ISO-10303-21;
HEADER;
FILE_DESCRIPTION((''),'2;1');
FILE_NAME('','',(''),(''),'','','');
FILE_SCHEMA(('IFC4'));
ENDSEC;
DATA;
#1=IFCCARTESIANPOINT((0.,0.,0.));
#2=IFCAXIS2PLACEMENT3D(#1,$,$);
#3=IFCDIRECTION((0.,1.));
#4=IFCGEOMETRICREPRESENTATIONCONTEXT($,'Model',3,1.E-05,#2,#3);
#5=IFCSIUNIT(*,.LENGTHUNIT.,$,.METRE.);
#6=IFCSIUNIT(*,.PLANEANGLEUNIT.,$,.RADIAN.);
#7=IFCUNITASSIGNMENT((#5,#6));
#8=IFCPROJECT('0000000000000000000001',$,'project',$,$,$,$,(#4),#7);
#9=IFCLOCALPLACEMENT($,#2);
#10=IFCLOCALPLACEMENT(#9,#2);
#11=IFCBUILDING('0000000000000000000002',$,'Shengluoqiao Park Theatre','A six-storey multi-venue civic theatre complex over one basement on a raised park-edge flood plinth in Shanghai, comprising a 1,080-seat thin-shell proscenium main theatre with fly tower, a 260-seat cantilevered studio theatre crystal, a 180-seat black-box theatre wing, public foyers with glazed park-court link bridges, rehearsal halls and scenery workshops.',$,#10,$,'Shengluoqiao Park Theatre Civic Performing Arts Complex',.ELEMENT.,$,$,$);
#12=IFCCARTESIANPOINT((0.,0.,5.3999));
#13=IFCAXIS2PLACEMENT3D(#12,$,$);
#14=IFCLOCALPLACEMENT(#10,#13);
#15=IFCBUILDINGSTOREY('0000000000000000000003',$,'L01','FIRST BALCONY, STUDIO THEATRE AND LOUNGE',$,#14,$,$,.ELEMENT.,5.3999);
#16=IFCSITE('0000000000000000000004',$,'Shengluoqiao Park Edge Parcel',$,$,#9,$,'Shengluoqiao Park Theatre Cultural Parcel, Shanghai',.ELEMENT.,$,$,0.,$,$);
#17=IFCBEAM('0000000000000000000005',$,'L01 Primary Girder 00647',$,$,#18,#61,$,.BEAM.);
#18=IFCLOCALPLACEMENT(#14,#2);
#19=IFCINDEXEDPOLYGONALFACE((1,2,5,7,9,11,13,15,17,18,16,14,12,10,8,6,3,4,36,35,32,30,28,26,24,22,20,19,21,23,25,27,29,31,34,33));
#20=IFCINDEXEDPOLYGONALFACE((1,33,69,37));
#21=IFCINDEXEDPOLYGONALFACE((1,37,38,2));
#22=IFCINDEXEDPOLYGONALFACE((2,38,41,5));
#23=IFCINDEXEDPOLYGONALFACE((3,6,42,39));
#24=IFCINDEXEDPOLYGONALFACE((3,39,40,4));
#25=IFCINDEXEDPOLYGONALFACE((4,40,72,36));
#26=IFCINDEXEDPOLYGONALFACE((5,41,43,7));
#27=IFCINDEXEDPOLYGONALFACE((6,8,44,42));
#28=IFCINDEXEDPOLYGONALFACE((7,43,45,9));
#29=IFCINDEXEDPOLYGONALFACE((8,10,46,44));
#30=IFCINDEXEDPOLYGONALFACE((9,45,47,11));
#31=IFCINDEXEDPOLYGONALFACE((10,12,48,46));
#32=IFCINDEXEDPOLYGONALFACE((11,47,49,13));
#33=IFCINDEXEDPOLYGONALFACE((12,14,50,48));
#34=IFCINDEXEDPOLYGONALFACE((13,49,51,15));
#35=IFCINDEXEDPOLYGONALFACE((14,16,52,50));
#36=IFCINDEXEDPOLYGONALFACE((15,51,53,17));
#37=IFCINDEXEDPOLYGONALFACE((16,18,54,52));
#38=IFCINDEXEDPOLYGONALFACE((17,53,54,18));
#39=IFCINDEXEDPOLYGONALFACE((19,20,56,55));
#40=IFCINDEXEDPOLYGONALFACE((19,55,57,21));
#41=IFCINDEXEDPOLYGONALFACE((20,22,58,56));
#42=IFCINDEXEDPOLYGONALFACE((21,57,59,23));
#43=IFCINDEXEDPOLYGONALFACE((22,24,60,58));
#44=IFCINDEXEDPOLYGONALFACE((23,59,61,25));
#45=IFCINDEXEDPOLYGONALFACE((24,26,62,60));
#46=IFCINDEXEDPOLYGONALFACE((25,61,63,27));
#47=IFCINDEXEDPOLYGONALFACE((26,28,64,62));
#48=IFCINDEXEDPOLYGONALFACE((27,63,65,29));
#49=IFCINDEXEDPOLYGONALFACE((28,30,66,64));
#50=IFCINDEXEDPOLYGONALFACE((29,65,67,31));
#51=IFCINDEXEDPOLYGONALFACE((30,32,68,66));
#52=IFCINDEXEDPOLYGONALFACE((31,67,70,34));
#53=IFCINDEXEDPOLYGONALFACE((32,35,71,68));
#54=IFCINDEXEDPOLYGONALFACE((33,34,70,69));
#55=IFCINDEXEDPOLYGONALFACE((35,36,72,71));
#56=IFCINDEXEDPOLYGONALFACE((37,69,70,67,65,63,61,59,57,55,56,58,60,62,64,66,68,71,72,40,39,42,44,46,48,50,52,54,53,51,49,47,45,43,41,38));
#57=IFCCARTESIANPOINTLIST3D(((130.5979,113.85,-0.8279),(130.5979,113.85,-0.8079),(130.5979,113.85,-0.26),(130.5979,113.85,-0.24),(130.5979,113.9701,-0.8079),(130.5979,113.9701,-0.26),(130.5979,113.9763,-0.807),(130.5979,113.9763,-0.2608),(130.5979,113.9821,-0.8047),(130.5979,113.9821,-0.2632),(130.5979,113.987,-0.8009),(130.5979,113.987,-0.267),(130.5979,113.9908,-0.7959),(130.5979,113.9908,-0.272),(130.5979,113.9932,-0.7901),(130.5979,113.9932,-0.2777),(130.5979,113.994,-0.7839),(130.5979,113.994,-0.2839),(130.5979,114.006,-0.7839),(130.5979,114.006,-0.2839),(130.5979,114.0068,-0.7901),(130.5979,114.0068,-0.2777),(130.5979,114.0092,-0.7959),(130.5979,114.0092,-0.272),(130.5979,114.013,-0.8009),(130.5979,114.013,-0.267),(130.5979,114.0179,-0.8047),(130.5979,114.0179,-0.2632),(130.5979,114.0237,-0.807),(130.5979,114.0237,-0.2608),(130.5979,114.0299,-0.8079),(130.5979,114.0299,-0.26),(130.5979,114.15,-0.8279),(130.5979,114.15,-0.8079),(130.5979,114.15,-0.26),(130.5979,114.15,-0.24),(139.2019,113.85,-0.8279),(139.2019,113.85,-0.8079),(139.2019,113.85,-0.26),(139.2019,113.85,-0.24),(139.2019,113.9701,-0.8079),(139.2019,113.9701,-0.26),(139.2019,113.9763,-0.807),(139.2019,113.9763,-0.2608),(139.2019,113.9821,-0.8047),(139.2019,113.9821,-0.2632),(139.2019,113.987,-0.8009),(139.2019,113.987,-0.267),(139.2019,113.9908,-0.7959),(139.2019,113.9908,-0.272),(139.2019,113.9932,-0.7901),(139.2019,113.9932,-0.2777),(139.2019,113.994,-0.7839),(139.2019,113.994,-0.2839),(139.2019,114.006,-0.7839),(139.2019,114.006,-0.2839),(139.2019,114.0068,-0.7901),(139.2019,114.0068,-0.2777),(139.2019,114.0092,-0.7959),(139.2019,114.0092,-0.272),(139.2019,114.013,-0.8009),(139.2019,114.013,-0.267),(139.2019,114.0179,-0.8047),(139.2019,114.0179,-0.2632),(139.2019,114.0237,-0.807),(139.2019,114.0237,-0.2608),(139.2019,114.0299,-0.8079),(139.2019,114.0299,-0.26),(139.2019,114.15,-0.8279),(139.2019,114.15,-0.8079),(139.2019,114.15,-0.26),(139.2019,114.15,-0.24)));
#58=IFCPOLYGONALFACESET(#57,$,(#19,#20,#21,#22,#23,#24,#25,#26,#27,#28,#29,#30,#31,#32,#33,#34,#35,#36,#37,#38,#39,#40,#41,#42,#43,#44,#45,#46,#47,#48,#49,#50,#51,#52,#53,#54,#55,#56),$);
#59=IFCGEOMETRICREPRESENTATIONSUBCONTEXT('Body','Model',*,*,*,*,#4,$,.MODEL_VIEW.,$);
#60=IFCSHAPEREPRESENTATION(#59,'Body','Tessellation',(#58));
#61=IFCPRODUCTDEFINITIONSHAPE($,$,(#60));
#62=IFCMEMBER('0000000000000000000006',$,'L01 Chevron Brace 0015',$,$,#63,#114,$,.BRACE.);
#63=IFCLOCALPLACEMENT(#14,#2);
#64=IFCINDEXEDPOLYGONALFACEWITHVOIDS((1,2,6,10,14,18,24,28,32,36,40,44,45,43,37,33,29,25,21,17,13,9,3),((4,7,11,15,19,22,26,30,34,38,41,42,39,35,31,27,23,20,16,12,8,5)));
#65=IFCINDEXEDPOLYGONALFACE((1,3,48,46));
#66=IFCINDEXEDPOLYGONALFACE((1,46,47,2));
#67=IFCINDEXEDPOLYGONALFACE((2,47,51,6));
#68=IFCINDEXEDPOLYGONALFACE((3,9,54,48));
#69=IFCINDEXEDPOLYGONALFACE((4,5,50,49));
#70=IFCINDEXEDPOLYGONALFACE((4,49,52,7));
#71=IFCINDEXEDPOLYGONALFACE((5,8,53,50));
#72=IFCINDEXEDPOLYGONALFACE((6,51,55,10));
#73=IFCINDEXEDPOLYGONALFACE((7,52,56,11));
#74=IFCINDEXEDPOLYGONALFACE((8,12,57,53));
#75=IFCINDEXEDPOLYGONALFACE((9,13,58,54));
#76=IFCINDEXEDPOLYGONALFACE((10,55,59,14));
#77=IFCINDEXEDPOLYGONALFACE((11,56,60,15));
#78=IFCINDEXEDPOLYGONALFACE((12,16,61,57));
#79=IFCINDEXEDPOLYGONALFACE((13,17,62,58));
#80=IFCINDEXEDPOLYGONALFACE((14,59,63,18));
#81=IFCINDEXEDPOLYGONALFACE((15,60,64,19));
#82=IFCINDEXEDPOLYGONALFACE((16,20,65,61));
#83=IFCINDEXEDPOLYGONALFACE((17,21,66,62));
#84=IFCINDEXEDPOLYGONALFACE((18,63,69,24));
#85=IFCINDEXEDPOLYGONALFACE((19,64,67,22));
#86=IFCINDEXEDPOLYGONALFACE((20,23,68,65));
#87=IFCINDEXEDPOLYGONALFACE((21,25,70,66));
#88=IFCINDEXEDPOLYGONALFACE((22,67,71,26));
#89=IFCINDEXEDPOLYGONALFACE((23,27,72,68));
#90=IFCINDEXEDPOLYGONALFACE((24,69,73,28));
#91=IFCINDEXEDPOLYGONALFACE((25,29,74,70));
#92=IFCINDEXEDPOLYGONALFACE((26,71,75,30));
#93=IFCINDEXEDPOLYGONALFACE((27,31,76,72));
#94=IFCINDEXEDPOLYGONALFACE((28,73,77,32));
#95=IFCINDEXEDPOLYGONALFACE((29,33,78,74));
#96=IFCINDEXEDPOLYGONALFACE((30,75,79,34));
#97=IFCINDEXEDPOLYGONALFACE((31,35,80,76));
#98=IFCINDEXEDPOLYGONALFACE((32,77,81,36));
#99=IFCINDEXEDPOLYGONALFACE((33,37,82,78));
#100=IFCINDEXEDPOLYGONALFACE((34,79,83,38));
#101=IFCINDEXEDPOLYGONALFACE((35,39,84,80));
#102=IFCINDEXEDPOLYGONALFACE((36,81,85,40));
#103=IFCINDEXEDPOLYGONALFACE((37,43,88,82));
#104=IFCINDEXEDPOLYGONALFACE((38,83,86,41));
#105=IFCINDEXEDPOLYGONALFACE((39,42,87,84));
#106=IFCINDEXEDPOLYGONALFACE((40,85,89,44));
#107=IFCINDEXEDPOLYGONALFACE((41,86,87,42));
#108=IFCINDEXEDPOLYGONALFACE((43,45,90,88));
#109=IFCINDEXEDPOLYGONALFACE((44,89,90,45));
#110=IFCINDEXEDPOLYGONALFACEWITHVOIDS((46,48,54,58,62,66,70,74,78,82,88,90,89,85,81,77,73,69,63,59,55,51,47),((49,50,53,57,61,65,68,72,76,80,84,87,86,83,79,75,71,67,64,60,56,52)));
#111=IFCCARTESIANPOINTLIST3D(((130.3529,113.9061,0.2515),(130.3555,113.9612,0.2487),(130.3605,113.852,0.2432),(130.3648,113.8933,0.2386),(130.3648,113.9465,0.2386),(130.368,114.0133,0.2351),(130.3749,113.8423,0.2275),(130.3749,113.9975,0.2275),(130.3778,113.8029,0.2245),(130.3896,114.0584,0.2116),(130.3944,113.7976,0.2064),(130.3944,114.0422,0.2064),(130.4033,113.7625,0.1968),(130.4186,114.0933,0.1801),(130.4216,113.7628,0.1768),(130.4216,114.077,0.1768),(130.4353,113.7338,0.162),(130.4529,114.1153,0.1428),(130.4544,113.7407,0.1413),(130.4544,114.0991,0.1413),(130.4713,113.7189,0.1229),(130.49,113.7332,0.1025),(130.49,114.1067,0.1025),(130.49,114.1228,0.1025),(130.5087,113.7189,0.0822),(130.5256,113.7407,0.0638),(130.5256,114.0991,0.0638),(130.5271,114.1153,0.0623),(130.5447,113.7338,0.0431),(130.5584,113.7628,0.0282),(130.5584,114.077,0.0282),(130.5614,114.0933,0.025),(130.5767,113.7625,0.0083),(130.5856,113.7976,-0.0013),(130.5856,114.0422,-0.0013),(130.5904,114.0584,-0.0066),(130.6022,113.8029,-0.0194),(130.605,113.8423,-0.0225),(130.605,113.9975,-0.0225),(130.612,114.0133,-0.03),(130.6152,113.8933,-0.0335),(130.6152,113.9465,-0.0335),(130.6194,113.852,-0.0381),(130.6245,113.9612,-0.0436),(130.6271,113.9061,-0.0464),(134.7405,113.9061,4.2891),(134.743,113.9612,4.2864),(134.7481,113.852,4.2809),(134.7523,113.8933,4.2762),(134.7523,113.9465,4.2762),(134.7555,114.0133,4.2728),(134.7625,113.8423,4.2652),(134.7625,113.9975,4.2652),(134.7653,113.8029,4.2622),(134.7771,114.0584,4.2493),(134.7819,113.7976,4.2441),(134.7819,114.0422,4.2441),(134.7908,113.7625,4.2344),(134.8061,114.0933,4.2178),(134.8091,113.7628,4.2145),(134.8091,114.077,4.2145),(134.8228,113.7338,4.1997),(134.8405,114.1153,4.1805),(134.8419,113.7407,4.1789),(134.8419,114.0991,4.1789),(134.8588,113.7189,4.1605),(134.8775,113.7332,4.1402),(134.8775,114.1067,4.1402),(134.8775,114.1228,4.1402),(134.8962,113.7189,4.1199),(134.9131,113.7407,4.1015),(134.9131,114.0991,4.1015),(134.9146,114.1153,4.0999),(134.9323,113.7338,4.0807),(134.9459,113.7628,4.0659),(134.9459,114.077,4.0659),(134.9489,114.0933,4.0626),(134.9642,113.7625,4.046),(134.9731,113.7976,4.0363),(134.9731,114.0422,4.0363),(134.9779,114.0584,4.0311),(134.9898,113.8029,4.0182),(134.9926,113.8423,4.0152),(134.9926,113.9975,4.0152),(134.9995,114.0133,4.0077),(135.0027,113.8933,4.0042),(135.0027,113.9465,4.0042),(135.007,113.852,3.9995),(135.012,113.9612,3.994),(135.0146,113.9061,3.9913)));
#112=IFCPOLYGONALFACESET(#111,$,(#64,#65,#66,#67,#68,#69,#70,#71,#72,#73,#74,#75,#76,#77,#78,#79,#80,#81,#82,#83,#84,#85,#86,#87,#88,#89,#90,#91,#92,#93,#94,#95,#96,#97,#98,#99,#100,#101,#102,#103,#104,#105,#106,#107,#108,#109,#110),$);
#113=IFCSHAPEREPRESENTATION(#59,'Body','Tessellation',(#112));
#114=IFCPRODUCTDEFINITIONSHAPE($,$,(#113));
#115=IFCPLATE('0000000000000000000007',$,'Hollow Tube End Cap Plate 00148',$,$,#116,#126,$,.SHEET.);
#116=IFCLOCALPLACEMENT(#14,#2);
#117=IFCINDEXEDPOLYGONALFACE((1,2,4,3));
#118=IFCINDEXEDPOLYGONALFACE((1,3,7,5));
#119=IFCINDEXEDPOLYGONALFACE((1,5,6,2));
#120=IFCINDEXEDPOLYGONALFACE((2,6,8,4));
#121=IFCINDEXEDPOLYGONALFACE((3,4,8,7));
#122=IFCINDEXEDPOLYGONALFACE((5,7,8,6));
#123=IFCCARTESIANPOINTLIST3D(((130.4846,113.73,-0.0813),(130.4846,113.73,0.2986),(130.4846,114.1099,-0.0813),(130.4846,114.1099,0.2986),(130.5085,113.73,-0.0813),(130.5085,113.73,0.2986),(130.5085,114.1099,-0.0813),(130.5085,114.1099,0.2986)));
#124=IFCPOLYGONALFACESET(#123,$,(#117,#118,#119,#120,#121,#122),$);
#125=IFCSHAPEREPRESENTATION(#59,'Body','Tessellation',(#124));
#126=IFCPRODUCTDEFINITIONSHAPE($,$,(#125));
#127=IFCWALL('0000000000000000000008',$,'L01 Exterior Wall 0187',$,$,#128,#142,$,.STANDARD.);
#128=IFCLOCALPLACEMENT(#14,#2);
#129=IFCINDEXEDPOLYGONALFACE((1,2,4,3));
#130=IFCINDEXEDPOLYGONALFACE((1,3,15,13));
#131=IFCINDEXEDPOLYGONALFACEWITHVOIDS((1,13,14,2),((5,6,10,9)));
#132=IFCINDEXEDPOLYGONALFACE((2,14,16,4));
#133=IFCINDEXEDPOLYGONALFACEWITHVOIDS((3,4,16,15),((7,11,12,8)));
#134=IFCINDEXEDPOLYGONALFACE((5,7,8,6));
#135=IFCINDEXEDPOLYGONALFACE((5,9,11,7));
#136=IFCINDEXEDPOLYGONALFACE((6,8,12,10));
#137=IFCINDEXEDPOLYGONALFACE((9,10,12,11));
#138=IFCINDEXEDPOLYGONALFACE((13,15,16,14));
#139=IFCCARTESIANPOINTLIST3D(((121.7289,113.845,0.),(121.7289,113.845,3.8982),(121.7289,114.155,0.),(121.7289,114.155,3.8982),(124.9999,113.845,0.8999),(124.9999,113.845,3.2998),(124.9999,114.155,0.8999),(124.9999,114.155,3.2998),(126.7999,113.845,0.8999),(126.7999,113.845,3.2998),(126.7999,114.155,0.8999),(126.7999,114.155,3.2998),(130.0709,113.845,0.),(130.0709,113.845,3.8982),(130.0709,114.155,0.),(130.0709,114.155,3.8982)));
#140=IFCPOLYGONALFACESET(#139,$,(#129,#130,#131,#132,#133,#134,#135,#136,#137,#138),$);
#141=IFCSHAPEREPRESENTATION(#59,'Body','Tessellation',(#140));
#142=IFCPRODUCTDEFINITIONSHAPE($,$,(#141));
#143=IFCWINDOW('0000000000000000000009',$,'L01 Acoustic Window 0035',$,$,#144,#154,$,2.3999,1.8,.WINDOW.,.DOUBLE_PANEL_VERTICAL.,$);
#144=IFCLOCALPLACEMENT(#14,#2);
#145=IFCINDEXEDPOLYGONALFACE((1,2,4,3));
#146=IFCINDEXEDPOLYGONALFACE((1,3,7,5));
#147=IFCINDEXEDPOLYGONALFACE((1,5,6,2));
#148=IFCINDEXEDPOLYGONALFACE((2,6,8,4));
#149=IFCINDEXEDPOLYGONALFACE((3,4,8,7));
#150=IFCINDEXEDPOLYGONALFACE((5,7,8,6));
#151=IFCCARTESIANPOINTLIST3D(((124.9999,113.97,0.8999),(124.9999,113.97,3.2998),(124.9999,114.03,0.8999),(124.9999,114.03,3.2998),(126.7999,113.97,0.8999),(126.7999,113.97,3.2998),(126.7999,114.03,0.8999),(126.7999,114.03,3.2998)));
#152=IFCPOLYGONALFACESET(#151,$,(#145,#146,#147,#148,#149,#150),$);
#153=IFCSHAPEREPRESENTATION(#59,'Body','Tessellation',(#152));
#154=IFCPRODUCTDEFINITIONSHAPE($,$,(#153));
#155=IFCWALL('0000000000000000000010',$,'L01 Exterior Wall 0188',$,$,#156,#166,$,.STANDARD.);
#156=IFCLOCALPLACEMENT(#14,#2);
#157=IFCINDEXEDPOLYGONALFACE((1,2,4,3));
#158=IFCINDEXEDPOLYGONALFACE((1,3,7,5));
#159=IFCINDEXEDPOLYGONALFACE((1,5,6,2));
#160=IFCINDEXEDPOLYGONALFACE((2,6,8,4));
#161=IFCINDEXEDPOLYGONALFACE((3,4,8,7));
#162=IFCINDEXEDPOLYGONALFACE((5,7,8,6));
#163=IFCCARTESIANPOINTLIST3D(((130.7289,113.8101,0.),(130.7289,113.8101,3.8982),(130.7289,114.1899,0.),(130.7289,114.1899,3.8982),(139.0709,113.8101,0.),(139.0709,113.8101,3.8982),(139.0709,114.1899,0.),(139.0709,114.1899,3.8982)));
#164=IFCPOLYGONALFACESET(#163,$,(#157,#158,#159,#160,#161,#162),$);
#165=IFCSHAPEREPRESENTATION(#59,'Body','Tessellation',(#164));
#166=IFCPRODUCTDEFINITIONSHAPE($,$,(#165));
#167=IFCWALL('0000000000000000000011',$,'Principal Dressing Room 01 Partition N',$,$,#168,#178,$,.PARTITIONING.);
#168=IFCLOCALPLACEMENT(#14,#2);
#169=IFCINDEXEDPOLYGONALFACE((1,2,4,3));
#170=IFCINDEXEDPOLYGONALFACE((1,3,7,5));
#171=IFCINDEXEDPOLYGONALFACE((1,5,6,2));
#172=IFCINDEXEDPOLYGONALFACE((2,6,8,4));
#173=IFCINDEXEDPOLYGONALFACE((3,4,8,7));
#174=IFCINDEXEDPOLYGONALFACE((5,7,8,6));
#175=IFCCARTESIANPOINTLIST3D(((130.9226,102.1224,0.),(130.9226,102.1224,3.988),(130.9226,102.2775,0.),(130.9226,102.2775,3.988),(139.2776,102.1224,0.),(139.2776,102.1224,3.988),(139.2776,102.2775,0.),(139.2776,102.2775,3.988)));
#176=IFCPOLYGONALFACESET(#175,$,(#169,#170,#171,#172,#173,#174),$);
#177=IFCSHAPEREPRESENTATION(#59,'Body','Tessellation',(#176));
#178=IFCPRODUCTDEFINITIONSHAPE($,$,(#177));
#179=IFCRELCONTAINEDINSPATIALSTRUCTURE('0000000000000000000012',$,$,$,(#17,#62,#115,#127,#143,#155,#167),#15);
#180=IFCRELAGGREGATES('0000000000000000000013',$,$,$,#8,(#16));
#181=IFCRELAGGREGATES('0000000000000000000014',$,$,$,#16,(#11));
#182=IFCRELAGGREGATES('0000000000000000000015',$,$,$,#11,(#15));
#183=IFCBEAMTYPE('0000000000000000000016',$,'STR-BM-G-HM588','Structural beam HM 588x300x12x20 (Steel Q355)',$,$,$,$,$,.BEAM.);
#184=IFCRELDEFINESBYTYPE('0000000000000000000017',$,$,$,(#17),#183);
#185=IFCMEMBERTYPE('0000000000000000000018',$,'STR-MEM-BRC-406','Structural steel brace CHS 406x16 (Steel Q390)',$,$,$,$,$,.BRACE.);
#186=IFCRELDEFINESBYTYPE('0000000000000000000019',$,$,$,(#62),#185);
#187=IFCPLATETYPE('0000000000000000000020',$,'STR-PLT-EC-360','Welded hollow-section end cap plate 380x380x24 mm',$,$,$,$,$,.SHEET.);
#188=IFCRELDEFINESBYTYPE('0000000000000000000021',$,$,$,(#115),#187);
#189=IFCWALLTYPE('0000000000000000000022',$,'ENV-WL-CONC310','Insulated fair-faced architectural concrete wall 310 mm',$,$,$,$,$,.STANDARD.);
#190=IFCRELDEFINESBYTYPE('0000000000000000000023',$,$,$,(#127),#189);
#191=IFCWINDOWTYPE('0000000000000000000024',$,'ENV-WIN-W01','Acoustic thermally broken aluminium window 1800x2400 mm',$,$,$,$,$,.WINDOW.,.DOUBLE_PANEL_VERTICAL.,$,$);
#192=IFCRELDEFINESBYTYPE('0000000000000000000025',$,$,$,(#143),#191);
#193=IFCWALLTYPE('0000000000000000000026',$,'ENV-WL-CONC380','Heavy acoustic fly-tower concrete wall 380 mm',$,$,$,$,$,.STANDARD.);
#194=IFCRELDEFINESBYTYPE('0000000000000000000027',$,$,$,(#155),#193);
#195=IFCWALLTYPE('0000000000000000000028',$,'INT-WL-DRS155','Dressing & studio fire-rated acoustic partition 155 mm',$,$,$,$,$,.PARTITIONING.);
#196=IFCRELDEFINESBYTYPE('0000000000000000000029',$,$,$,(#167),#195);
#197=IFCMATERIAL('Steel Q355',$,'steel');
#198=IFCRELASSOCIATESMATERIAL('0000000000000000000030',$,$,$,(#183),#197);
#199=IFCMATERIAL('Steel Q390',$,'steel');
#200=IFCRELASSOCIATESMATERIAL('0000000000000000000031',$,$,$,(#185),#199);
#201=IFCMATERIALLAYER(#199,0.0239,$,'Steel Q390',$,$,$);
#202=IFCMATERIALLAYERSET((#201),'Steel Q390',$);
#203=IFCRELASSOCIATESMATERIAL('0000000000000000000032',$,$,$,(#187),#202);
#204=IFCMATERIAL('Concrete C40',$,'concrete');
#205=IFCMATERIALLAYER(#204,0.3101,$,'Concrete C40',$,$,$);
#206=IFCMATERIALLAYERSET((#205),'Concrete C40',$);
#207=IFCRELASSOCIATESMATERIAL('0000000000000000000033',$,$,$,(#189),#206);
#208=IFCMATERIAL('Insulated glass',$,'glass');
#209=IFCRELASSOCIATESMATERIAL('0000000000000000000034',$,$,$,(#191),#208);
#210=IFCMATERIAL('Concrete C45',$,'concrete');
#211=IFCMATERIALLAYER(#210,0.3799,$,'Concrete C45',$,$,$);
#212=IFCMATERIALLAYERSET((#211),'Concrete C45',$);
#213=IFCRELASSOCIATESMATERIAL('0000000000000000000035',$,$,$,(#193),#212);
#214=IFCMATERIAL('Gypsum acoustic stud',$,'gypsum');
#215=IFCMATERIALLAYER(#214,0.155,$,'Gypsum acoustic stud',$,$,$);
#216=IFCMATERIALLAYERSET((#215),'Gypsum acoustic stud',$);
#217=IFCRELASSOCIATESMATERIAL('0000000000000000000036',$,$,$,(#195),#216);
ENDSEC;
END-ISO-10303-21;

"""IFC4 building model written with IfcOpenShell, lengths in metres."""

from ifc_helpers import new_model, si_unit, direction, frame, frame_2d, origin, origin_2d, place, context, subcontext, project, spatial, rectangle, hollow_circle, i_section, extrude, material, layer, layer_set, material_profile, profile_set, type_object, element, fill, save


model = new_model("IFC4")

# Units and contexts
model_context = context("Model", 3, precision=1e-05, world=origin(), true_north=direction((0.0, 1.0)))
body_context = subcontext(model_context, "Body", "Model", "MODEL_VIEW")
ifc_project = project(units=[si_unit("LENGTHUNIT", "METRE"), si_unit("PLANEANGLEUNIT", "RADIAN")], contexts=[model_context])

# Site, building, storey
site_placement = place(None, origin())
site = spatial("IfcSite", under=ifc_project, at=site_placement, Name="Shengluoqiao Park Edge Parcel", LongName="Shengluoqiao Park Theatre Cultural Parcel, Shanghai", CompositionType="ELEMENT", RefElevation=0.0)
building_placement = place(site_placement, origin())
building = spatial("IfcBuilding", under=site, at=building_placement, Name="Shengluoqiao Park Theatre", Description="A six-storey multi-venue civic theatre complex over one basement on a raised park-edge flood plinth in Shanghai, comprising a 1,080-seat thin-shell proscenium main theatre with fly tower, a 260-seat cantilevered studio theatre crystal, a 180-seat black-box theatre wing, public foyers with glazed park-court link bridges, rehearsal halls and scenery workshops.", LongName="Shengluoqiao Park Theatre Civic Performing Arts Complex", CompositionType="ELEMENT")
storey_placement = place(building_placement, frame((0.0, 0.0, 5.3999)))
storey = spatial("IfcBuildingStorey", under=building, at=storey_placement, Name="L01", Description="FIRST BALCONY, STUDIO THEATRE AND LOUNGE", CompositionType="ELEMENT", Elevation=5.3999)

# Shared definitions
ifc_material_1 = material(Name="Concrete C40", Category="concrete")

# Beam
ifc_material_2 = material(Name="Steel Q355", Category="steel")
ifc_material_profile_1 = material_profile(ifc_material_2, i_section(OverallWidth=0.3, OverallDepth=0.5879, WebThickness=0.012, FlangeThickness=0.02, FilletRadius=0.0239, at=origin_2d()), Name="HM 588x300x12x20")
ifc_profile_set_1 = profile_set([ifc_material_profile_1], Name="Steel Q355")
beam_type_1 = type_object("IfcBeamType", Name="STR-BM-G-HM588", Description="Structural beam HM 588x300x12x20 (Steel Q355)", PredefinedType="BEAM", material=ifc_profile_set_1)
for number, where, z_axis, x_axis, name in (
    (1, (130.5979, 114.0, -0.5339), (1.0, 0.0, 0.0), (0.0, 1.0, 0.0), "L01 Primary Girder 00647"),
):
    element("IfcBeam", number, at=place(storey_placement, frame(where, z_axis=z_axis, x_axis=x_axis)), inside=storey, type_object=beam_type_1, Name=name, PredefinedType="BEAM", context=body_context, shape_type="SweptSolid", body=[
        extrude(i_section(OverallWidth=0.3, OverallDepth=0.5879, WebThickness=0.012, FlangeThickness=0.02, FilletRadius=0.0239, at=origin_2d()), origin(), (0.0, 0.0, 1.0), 8.604),
    ])

# Member
ifc_material_3 = material(Name="Steel Q390", Category="steel")
ifc_material_profile_2 = material_profile(ifc_material_3, hollow_circle(Radius=0.2029, WallThickness=0.0161, at=origin_2d()), Name="CHS 406x16")
ifc_profile_set_2 = profile_set([ifc_material_profile_2], Name="Steel Q390")
member_type = type_object("IfcMemberType", Name="STR-MEM-BRC-406", Description="Structural steel brace CHS 406x16 (Steel Q390)", PredefinedType="BRACE", material=ifc_profile_set_2)
member_placement = place(storey_placement, frame((130.49, 113.9199, 0.1025), z_axis=(0.735836, 0.0, 0.67716), x_axis=(0.0, 1.0, 0.0)))
element("IfcMember", 2, at=member_placement, inside=storey, type_object=member_type, Name="L01 Chevron Brace 0015", PredefinedType="BRACE", context=body_context, shape_type="SweptSolid", body=[
    extrude(hollow_circle(Radius=0.2029, WallThickness=0.0161, at=origin_2d()), origin(), (0.0, 0.0, 1.0), 5.9626),
])

# Plate
ifc_layer_1 = layer(ifc_material_3, 0.0239, Name="Steel Q390")
ifc_layer_set_1 = layer_set([ifc_layer_1], Name="Steel Q390")
plate_type = type_object("IfcPlateType", Name="STR-PLT-EC-360", Description="Welded hollow-section end cap plate 380x380x24 mm", PredefinedType="SHEET", material=ifc_layer_set_1)
plate_placement = place(storey_placement, frame((130.4966, 113.9199, -0.0813), z_axis=(0.0, 0.0, 1.0), x_axis=(1.0, 0.0, 0.0)))
element("IfcPlate", 3, at=plate_placement, inside=storey, type_object=plate_type, Name="Hollow Tube End Cap Plate 00148", PredefinedType="SHEET", context=body_context, shape_type="SweptSolid", body=[
    extrude(rectangle(XDim=0.0239, YDim=0.3799, at=origin_2d()), origin(), (0.0, 0.0, 1.0), 0.3799),
])

# Wall, opening, window
ifc_layer_2 = layer(ifc_material_1, 0.3101, Name="Concrete C40")
ifc_layer_set_2 = layer_set([ifc_layer_2], Name="Concrete C40")
wall_type_1 = type_object("IfcWallType", Name="ENV-WL-CONC310", Description="Insulated fair-faced architectural concrete wall 310 mm", PredefinedType="STANDARD", material=ifc_layer_set_2)
wall_1_placement = place(storey_placement, frame((121.729, 114.0, 0.0), z_axis=(0.0, 0.0, 1.0), x_axis=(1.0, 0.0, 0.0)))
wall_1 = element("IfcWall", 4, at=wall_1_placement, inside=storey, type_object=wall_type_1, Name="L01 Exterior Wall 0187", PredefinedType="STANDARD", context=body_context, shape_type="SweptSolid", body=[
    extrude(rectangle(XDim=8.342, YDim=0.3101, at=frame_2d((4.1709, 0.0))), origin(), (0.0, 0.0, 1.0), 3.8982),
])
opening_1_placement = place(wall_1_placement, frame((3.271, 0.0, 0.8999)))
opening_1 = element("IfcOpeningElement", 5, at=opening_1_placement, cuts=wall_1, PredefinedType="OPENING", context=body_context, shape_type="SweptSolid", body=[
    extrude(rectangle(XDim=1.8, YDim=2.3999, at=frame_2d((0.8999, 1.2))), frame((0.0, 0.165, 0.0), z_axis=(0.0, -1.0, 0.0), x_axis=(1.0, 0.0, 0.0)), (0.0, 0.0, 1.0), 0.3301),
])
ifc_material_4 = material(Name="Insulated glass", Category="glass")
window_type = type_object("IfcWindowType", Name="ENV-WIN-W01", Description="Acoustic thermally broken aluminium window 1800x2400 mm", PartitioningType="DOUBLE_PANEL_VERTICAL", PredefinedType="WINDOW", material=ifc_material_4)
window_placement = place(opening_1_placement, origin())
window = element("IfcWindow", 6, at=window_placement, inside=storey, type_object=window_type, Name="L01 Acoustic Window 0035", OverallHeight=2.3999, OverallWidth=1.8, PartitioningType="DOUBLE_PANEL_VERTICAL", PredefinedType="WINDOW", context=body_context, shape_type="SweptSolid", body=[
    extrude(rectangle(XDim=1.8, YDim=2.3999, at=frame_2d((0.8999, 1.2))), frame((0.0, 0.03, 0.0), z_axis=(0.0, -1.0, 0.0), x_axis=(1.0, 0.0, 0.0)), (0.0, 0.0, 1.0), 0.0601),
])
fill(opening_1, window)

# Walls
ifc_material_5 = material(Name="Concrete C45", Category="concrete")
ifc_layer_3 = layer(ifc_material_5, 0.3799, Name="Concrete C45")
ifc_layer_set_3 = layer_set([ifc_layer_3], Name="Concrete C45")
wall_type_2 = type_object("IfcWallType", Name="ENV-WL-CONC380", Description="Heavy acoustic fly-tower concrete wall 380 mm", PredefinedType="STANDARD", material=ifc_layer_set_3)
wall_2_placement = place(storey_placement, frame((130.729, 114.0, 0.0), z_axis=(0.0, 0.0, 1.0), x_axis=(1.0, 0.0, 0.0)))
element("IfcWall", 7, at=wall_2_placement, inside=storey, type_object=wall_type_2, Name="L01 Exterior Wall 0188", PredefinedType="STANDARD", context=body_context, shape_type="SweptSolid", body=[
    extrude(rectangle(XDim=8.342, YDim=0.3799, at=frame_2d((4.1709, 0.0))), origin(), (0.0, 0.0, 1.0), 3.8982),
])
ifc_material_6 = material(Name="Gypsum acoustic stud", Category="gypsum")
ifc_layer_4 = layer(ifc_material_6, 0.155, Name="Gypsum acoustic stud")
ifc_layer_set_4 = layer_set([ifc_layer_4], Name="Gypsum acoustic stud")
wall_type_3 = type_object("IfcWallType", Name="INT-WL-DRS155", Description="Dressing & studio fire-rated acoustic partition 155 mm", PredefinedType="PARTITIONING", material=ifc_layer_set_4)
wall_3_placement = place(storey_placement, frame((130.9226, 102.2, 0.0), z_axis=(0.0, 0.0, 1.0), x_axis=(1.0, 0.0, 0.0)))
element("IfcWall", 8, at=wall_3_placement, inside=storey, type_object=wall_type_3, Name="Principal Dressing Room 01 Partition N", PredefinedType="PARTITIONING", context=body_context, shape_type="SweptSolid", body=[
    extrude(rectangle(XDim=8.355, YDim=0.155, at=frame_2d((4.1775, 0.0))), origin(), (0.0, 0.0, 1.0), 3.988),
])

save(model, "model.ifc")
